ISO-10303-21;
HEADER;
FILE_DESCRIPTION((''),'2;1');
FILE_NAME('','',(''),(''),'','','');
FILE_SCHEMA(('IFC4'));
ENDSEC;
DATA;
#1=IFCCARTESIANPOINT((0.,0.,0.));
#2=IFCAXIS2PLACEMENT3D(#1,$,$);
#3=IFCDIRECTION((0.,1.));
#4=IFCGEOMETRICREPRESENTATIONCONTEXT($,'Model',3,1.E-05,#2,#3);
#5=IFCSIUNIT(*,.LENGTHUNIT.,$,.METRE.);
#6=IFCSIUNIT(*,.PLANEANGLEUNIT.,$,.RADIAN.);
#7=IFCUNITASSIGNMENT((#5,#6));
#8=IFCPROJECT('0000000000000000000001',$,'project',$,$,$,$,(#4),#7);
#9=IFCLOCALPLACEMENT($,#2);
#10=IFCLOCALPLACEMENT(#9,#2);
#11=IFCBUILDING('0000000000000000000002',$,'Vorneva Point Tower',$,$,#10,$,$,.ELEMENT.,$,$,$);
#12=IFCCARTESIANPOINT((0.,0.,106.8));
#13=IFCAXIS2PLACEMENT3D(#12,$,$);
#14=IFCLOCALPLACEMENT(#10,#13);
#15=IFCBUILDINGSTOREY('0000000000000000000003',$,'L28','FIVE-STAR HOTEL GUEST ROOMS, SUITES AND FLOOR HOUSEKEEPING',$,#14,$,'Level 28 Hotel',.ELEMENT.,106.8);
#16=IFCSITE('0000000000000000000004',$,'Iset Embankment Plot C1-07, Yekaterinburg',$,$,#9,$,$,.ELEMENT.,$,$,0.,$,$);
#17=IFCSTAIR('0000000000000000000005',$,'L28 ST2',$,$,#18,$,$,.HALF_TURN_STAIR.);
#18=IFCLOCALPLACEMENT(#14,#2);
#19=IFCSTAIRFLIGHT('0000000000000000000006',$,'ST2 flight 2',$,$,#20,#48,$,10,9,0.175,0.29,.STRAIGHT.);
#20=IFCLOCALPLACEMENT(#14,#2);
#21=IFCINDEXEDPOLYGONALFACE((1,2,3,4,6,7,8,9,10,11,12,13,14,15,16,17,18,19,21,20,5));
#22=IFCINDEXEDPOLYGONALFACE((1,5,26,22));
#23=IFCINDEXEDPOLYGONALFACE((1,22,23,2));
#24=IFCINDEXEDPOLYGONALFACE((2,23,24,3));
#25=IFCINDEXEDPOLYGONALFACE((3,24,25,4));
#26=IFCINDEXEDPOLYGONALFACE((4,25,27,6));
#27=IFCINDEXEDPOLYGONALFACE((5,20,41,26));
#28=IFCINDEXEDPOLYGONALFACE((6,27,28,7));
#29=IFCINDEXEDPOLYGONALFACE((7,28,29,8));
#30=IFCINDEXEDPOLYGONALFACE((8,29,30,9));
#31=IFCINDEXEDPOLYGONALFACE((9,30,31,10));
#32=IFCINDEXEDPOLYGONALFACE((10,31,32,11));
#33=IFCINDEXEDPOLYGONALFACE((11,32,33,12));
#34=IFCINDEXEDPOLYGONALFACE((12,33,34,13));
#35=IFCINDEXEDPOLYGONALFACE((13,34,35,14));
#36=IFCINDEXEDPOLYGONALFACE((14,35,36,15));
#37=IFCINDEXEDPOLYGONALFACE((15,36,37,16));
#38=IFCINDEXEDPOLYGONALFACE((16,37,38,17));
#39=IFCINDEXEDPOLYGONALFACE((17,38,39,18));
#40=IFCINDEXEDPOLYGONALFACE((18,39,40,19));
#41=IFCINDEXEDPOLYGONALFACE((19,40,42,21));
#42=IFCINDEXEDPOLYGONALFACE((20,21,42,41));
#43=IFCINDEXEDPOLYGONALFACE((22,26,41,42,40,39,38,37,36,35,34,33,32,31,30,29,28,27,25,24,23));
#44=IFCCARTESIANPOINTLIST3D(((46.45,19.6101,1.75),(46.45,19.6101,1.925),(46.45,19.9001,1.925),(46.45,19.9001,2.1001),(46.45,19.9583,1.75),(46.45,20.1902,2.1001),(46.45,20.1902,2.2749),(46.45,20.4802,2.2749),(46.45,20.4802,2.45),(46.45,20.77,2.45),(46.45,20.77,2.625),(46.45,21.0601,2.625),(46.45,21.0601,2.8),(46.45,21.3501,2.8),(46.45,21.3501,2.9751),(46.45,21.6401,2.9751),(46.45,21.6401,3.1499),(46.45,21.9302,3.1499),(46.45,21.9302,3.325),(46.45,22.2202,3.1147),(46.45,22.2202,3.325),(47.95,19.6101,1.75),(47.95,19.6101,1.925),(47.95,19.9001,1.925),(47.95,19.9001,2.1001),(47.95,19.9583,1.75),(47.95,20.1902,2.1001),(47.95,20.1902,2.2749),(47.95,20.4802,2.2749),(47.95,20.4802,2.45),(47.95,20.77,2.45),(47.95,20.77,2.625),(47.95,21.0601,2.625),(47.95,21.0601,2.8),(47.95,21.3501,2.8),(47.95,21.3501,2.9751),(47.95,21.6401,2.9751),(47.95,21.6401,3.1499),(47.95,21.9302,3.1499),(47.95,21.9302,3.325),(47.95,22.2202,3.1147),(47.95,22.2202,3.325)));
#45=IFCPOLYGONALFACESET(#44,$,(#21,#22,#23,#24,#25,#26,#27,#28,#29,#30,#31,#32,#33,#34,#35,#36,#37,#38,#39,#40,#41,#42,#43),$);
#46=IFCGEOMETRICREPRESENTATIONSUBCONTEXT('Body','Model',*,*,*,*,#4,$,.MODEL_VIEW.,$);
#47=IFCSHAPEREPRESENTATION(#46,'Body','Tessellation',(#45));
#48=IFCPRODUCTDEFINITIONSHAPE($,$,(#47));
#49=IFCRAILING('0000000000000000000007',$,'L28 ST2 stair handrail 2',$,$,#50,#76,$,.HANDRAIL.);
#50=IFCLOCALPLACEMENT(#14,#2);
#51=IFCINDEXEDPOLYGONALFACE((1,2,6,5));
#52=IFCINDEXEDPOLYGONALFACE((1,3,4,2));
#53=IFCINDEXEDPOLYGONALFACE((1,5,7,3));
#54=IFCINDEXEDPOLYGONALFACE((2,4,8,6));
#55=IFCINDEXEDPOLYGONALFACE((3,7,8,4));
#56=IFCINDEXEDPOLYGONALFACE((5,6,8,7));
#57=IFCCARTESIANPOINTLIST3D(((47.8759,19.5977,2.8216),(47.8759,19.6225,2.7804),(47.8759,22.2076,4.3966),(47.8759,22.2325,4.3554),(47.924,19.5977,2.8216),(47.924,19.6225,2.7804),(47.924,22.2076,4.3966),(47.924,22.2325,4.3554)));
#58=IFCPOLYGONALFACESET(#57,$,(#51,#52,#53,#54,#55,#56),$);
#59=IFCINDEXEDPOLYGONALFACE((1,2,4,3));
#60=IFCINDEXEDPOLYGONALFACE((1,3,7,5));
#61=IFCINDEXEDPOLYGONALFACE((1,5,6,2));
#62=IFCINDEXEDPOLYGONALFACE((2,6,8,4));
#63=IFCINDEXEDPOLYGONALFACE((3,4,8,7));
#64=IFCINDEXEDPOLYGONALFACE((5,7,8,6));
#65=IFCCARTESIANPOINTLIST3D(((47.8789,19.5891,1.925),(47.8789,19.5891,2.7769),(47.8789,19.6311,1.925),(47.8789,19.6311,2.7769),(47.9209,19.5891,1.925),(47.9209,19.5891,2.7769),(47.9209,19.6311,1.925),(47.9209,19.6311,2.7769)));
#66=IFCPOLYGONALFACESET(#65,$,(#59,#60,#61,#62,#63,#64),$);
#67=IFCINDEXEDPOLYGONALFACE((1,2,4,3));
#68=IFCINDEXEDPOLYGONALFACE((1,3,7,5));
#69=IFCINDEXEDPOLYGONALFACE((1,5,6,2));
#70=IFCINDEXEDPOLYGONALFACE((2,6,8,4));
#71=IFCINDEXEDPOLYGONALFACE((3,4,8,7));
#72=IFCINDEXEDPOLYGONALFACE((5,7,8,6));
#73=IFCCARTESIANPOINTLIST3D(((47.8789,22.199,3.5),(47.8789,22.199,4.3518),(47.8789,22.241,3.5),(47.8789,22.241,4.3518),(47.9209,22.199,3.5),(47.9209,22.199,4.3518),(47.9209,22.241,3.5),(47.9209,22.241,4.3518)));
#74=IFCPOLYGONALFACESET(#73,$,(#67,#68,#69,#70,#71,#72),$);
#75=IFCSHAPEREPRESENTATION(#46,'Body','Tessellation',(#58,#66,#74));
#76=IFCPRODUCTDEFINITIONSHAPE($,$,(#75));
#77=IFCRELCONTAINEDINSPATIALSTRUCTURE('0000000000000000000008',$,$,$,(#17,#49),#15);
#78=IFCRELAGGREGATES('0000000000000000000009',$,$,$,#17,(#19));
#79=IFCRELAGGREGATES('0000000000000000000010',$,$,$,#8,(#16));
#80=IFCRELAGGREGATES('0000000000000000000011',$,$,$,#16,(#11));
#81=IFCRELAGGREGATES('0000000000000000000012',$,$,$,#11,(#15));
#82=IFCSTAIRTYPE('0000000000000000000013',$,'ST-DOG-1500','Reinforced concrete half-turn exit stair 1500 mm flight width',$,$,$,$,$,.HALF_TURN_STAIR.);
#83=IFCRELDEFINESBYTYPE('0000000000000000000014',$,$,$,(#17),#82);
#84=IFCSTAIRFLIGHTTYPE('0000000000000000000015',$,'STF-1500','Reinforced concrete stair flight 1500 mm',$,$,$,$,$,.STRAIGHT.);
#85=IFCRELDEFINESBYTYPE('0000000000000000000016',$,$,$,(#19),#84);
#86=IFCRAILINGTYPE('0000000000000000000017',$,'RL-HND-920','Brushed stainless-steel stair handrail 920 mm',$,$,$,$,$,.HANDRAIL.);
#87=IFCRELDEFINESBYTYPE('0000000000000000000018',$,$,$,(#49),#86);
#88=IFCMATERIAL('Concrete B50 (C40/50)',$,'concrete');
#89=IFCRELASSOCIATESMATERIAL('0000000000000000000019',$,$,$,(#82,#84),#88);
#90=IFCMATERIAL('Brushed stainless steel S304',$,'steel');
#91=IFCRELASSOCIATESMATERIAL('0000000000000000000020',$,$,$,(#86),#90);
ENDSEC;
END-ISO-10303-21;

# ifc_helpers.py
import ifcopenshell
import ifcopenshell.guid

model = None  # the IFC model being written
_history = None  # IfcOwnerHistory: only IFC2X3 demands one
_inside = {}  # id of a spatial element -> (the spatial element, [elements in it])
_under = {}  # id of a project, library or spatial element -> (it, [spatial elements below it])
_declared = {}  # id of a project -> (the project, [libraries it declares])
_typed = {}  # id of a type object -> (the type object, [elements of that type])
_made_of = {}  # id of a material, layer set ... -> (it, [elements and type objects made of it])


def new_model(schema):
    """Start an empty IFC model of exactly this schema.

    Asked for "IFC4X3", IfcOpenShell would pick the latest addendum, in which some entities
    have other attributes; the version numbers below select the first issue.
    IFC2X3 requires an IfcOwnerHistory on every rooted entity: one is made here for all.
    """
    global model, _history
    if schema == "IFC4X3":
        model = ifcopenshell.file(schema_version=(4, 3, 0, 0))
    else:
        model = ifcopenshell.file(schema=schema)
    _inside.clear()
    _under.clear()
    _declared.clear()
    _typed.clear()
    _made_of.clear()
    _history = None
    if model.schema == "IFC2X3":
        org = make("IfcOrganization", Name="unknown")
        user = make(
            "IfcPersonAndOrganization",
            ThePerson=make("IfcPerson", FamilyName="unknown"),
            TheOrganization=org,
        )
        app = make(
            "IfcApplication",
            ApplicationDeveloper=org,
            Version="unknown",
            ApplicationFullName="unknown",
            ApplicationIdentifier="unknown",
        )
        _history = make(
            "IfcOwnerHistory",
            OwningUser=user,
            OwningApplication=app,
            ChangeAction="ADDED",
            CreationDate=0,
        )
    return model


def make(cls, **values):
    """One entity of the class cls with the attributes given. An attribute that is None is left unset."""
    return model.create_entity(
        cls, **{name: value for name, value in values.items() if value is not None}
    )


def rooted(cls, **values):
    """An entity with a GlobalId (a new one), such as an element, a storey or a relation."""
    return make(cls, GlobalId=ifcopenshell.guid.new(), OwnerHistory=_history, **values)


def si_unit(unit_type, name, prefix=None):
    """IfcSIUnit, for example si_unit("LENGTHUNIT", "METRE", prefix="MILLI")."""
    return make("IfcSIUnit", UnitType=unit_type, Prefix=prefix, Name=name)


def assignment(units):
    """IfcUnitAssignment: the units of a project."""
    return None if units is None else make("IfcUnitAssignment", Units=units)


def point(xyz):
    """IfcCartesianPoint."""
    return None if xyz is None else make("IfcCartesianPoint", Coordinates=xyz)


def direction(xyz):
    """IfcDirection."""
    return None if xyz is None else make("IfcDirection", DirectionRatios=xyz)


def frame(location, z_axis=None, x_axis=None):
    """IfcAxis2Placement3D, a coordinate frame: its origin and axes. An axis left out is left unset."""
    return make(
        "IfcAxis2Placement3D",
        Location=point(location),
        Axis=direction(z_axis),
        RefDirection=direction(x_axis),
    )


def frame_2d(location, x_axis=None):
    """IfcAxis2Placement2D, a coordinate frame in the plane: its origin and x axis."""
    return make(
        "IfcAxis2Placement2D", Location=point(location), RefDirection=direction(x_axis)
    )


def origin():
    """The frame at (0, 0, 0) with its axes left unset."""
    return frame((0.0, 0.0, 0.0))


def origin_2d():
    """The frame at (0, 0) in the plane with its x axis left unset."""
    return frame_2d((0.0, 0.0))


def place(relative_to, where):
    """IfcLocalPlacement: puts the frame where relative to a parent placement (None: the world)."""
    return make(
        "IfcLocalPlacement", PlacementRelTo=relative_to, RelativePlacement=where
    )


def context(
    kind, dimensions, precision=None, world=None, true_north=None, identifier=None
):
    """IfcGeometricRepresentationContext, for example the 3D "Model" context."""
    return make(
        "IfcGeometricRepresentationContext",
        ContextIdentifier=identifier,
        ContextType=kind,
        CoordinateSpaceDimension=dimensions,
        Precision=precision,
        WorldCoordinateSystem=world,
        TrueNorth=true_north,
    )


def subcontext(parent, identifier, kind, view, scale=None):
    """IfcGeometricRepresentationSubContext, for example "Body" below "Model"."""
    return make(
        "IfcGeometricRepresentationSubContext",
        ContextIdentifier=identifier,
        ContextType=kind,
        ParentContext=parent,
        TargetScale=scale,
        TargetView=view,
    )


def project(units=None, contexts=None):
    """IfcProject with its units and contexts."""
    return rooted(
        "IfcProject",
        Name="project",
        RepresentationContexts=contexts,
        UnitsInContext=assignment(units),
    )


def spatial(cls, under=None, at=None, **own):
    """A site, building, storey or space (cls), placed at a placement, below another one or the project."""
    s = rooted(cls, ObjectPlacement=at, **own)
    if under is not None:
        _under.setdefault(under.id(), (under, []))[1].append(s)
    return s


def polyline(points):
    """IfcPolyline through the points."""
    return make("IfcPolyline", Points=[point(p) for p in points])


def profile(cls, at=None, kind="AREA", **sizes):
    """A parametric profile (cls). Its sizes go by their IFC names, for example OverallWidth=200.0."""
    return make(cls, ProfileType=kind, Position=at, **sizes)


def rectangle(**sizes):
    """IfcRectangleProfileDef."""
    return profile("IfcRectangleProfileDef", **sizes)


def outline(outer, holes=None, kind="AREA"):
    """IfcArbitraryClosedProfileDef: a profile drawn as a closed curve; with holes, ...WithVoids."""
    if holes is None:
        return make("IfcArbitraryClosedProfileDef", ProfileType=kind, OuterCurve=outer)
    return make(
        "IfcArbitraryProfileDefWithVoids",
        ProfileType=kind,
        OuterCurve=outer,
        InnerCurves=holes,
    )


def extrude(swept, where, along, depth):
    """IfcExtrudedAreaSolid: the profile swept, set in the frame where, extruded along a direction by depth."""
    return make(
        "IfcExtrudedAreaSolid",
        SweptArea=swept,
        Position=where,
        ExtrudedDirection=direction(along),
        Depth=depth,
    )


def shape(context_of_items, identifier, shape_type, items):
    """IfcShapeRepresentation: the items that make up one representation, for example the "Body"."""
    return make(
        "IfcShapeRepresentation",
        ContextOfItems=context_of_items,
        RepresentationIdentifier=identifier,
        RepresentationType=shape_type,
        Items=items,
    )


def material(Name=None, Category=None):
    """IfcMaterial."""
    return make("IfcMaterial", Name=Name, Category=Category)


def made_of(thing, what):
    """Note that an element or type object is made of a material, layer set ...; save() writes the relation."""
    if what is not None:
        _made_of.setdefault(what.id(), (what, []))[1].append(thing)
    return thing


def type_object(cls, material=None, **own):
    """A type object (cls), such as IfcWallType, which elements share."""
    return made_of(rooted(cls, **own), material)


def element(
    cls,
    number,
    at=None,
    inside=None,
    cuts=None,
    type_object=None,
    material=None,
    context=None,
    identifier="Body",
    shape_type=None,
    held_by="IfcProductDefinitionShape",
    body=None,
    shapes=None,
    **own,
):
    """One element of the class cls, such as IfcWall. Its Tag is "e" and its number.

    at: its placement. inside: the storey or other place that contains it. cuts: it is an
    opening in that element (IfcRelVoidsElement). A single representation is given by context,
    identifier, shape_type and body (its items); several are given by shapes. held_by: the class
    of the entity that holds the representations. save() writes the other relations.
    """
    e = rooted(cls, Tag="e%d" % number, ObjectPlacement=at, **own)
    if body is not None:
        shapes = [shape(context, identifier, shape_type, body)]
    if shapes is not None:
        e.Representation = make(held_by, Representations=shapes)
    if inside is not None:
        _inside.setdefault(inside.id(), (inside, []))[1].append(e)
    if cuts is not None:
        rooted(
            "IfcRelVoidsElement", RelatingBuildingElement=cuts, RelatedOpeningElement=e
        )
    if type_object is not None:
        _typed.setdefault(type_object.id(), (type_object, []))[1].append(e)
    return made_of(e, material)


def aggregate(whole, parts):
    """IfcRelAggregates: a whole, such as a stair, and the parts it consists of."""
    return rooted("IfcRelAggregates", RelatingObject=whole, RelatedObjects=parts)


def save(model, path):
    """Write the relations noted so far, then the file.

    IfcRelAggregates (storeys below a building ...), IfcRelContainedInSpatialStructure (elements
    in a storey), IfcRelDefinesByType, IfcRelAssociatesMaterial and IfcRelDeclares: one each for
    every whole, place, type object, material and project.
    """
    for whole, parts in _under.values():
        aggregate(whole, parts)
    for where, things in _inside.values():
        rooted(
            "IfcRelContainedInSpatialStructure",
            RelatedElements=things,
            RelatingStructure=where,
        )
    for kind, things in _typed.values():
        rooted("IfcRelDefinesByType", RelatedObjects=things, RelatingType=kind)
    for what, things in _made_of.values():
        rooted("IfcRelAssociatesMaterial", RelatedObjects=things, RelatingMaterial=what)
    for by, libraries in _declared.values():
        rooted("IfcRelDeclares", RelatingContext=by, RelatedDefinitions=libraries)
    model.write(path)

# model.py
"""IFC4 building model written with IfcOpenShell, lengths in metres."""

from ifc_helpers import new_model, si_unit, direction, frame, origin, origin_2d, place, context, subcontext, project, spatial, polyline, rectangle, outline, extrude, material, type_object, element, aggregate, save


model = new_model("IFC4")

# Units and contexts
model_context = context("Model", 3, precision=1e-05, world=origin(), true_north=direction((0.0, 1.0)))
body_context = subcontext(model_context, "Body", "Model", "MODEL_VIEW")
ifc_project = project(units=[si_unit("LENGTHUNIT", "METRE"), si_unit("PLANEANGLEUNIT", "RADIAN")], contexts=[model_context])

# Site, building, storey
site_placement = place(None, origin())
site = spatial("IfcSite", under=ifc_project, at=site_placement, Name="Iset Embankment Plot C1-07, Yekaterinburg", CompositionType="ELEMENT", RefElevation=0.0)
building_placement = place(site_placement, origin())
building = spatial("IfcBuilding", under=site, at=building_placement, Name="Vorneva Point Tower", CompositionType="ELEMENT")
storey_placement = place(building_placement, frame((0.0, 0.0, 106.8)))
storey = spatial("IfcBuildingStorey", under=building, at=storey_placement, Name="L28", Description="FIVE-STAR HOTEL GUEST ROOMS, SUITES AND FLOOR HOUSEKEEPING", LongName="Level 28 Hotel", CompositionType="ELEMENT", Elevation=106.8)

# Shared definitions
ifc_material_1 = material(Name="Concrete B50 (C40/50)", Category="concrete")

# Stair, stair flight
stair_type = type_object("IfcStairType", Name="ST-DOG-1500", Description="Reinforced concrete half-turn exit stair 1500 mm flight width", PredefinedType="HALF_TURN_STAIR", material=ifc_material_1)
stair_placement = place(storey_placement, origin())
stair = element("IfcStair", 1, at=stair_placement, inside=storey, type_object=stair_type, Name="L28 ST2", PredefinedType="HALF_TURN_STAIR")
stair_flight_type = type_object("IfcStairFlightType", Name="STF-1500", Description="Reinforced concrete stair flight 1500 mm", PredefinedType="STRAIGHT", material=ifc_material_1)
stair_flight_placement = place(storey_placement, frame((47.2, 19.6101, 1.75), z_axis=(0.0, 0.0, 1.0), x_axis=(0.0, 1.0, 0.0)))
stair_flight = element("IfcStairFlight", 2, at=stair_flight_placement, type_object=stair_flight_type, Name="ST2 flight 2", NumberOfRisers=10, NumberOfTreads=9, PredefinedType="STRAIGHT", RiserHeight=0.175, TreadLength=0.29, context=body_context, shape_type="SweptSolid", body=[
    extrude(outline(polyline([(0.0, 0.0), (0.0, 0.175), (0.29, 0.175), (0.29, 0.3501), (0.5801, 0.3501), (0.5801, 0.5249), (0.8701, 0.5249), (0.8701, 0.7), (1.1599, 0.7), (1.1599, 0.875), (1.45, 0.875), (1.45, 1.05), (1.74, 1.05), (1.74, 1.2251), (2.03, 1.2251), (2.03, 1.3999), (2.3201, 1.3999), (2.3201, 1.575), (2.6101, 1.575), (2.6101, 1.75), (2.6101, 1.3647), (0.3481, 0.0), (0.0, 0.0)])), frame((0.0, 0.75, 0.0), z_axis=(0.0, -1.0, 0.0), x_axis=(1.0, 0.0, 0.0)), (0.0, 0.0, 1.0), 1.5),
])
aggregate(stair, [stair_flight])

# Railing
ifc_material_2 = material(Name="Brushed stainless steel S304", Category="steel")
railing_type_1 = type_object("IfcRailingType", Name="RL-HND-920", Description="Brushed stainless-steel stair handrail 920 mm", PredefinedType="HANDRAIL", material=ifc_material_2)
railing_1_placement = place(storey_placement, frame((47.8999, 19.6101, 1.925)))
element("IfcRailing", 3, at=railing_1_placement, inside=storey, type_object=railing_type_1, Name="L28 ST2 stair handrail 2", PredefinedType="HANDRAIL", context=body_context, shape_type="SweptSolid", body=[
    extrude(rectangle(XDim=0.0481, YDim=0.0481, at=origin_2d()), frame((0.0, 0.0, 0.876), z_axis=(0.0, 0.856183, 0.516673), x_axis=(-1.0, 0.0, 0.0)), (0.0, 0.0, 1.0), 3.0483),
    extrude(rectangle(XDim=0.042, YDim=0.042, at=origin_2d()), origin(), (0.0, 0.0, 1.0), 0.8518),
    extrude(rectangle(XDim=0.042, YDim=0.042, at=origin_2d()), frame((0.0, 2.6099, 1.575)), (0.0, 0.0, 1.0), 0.8518),
])

save(model, "model.ifc")
